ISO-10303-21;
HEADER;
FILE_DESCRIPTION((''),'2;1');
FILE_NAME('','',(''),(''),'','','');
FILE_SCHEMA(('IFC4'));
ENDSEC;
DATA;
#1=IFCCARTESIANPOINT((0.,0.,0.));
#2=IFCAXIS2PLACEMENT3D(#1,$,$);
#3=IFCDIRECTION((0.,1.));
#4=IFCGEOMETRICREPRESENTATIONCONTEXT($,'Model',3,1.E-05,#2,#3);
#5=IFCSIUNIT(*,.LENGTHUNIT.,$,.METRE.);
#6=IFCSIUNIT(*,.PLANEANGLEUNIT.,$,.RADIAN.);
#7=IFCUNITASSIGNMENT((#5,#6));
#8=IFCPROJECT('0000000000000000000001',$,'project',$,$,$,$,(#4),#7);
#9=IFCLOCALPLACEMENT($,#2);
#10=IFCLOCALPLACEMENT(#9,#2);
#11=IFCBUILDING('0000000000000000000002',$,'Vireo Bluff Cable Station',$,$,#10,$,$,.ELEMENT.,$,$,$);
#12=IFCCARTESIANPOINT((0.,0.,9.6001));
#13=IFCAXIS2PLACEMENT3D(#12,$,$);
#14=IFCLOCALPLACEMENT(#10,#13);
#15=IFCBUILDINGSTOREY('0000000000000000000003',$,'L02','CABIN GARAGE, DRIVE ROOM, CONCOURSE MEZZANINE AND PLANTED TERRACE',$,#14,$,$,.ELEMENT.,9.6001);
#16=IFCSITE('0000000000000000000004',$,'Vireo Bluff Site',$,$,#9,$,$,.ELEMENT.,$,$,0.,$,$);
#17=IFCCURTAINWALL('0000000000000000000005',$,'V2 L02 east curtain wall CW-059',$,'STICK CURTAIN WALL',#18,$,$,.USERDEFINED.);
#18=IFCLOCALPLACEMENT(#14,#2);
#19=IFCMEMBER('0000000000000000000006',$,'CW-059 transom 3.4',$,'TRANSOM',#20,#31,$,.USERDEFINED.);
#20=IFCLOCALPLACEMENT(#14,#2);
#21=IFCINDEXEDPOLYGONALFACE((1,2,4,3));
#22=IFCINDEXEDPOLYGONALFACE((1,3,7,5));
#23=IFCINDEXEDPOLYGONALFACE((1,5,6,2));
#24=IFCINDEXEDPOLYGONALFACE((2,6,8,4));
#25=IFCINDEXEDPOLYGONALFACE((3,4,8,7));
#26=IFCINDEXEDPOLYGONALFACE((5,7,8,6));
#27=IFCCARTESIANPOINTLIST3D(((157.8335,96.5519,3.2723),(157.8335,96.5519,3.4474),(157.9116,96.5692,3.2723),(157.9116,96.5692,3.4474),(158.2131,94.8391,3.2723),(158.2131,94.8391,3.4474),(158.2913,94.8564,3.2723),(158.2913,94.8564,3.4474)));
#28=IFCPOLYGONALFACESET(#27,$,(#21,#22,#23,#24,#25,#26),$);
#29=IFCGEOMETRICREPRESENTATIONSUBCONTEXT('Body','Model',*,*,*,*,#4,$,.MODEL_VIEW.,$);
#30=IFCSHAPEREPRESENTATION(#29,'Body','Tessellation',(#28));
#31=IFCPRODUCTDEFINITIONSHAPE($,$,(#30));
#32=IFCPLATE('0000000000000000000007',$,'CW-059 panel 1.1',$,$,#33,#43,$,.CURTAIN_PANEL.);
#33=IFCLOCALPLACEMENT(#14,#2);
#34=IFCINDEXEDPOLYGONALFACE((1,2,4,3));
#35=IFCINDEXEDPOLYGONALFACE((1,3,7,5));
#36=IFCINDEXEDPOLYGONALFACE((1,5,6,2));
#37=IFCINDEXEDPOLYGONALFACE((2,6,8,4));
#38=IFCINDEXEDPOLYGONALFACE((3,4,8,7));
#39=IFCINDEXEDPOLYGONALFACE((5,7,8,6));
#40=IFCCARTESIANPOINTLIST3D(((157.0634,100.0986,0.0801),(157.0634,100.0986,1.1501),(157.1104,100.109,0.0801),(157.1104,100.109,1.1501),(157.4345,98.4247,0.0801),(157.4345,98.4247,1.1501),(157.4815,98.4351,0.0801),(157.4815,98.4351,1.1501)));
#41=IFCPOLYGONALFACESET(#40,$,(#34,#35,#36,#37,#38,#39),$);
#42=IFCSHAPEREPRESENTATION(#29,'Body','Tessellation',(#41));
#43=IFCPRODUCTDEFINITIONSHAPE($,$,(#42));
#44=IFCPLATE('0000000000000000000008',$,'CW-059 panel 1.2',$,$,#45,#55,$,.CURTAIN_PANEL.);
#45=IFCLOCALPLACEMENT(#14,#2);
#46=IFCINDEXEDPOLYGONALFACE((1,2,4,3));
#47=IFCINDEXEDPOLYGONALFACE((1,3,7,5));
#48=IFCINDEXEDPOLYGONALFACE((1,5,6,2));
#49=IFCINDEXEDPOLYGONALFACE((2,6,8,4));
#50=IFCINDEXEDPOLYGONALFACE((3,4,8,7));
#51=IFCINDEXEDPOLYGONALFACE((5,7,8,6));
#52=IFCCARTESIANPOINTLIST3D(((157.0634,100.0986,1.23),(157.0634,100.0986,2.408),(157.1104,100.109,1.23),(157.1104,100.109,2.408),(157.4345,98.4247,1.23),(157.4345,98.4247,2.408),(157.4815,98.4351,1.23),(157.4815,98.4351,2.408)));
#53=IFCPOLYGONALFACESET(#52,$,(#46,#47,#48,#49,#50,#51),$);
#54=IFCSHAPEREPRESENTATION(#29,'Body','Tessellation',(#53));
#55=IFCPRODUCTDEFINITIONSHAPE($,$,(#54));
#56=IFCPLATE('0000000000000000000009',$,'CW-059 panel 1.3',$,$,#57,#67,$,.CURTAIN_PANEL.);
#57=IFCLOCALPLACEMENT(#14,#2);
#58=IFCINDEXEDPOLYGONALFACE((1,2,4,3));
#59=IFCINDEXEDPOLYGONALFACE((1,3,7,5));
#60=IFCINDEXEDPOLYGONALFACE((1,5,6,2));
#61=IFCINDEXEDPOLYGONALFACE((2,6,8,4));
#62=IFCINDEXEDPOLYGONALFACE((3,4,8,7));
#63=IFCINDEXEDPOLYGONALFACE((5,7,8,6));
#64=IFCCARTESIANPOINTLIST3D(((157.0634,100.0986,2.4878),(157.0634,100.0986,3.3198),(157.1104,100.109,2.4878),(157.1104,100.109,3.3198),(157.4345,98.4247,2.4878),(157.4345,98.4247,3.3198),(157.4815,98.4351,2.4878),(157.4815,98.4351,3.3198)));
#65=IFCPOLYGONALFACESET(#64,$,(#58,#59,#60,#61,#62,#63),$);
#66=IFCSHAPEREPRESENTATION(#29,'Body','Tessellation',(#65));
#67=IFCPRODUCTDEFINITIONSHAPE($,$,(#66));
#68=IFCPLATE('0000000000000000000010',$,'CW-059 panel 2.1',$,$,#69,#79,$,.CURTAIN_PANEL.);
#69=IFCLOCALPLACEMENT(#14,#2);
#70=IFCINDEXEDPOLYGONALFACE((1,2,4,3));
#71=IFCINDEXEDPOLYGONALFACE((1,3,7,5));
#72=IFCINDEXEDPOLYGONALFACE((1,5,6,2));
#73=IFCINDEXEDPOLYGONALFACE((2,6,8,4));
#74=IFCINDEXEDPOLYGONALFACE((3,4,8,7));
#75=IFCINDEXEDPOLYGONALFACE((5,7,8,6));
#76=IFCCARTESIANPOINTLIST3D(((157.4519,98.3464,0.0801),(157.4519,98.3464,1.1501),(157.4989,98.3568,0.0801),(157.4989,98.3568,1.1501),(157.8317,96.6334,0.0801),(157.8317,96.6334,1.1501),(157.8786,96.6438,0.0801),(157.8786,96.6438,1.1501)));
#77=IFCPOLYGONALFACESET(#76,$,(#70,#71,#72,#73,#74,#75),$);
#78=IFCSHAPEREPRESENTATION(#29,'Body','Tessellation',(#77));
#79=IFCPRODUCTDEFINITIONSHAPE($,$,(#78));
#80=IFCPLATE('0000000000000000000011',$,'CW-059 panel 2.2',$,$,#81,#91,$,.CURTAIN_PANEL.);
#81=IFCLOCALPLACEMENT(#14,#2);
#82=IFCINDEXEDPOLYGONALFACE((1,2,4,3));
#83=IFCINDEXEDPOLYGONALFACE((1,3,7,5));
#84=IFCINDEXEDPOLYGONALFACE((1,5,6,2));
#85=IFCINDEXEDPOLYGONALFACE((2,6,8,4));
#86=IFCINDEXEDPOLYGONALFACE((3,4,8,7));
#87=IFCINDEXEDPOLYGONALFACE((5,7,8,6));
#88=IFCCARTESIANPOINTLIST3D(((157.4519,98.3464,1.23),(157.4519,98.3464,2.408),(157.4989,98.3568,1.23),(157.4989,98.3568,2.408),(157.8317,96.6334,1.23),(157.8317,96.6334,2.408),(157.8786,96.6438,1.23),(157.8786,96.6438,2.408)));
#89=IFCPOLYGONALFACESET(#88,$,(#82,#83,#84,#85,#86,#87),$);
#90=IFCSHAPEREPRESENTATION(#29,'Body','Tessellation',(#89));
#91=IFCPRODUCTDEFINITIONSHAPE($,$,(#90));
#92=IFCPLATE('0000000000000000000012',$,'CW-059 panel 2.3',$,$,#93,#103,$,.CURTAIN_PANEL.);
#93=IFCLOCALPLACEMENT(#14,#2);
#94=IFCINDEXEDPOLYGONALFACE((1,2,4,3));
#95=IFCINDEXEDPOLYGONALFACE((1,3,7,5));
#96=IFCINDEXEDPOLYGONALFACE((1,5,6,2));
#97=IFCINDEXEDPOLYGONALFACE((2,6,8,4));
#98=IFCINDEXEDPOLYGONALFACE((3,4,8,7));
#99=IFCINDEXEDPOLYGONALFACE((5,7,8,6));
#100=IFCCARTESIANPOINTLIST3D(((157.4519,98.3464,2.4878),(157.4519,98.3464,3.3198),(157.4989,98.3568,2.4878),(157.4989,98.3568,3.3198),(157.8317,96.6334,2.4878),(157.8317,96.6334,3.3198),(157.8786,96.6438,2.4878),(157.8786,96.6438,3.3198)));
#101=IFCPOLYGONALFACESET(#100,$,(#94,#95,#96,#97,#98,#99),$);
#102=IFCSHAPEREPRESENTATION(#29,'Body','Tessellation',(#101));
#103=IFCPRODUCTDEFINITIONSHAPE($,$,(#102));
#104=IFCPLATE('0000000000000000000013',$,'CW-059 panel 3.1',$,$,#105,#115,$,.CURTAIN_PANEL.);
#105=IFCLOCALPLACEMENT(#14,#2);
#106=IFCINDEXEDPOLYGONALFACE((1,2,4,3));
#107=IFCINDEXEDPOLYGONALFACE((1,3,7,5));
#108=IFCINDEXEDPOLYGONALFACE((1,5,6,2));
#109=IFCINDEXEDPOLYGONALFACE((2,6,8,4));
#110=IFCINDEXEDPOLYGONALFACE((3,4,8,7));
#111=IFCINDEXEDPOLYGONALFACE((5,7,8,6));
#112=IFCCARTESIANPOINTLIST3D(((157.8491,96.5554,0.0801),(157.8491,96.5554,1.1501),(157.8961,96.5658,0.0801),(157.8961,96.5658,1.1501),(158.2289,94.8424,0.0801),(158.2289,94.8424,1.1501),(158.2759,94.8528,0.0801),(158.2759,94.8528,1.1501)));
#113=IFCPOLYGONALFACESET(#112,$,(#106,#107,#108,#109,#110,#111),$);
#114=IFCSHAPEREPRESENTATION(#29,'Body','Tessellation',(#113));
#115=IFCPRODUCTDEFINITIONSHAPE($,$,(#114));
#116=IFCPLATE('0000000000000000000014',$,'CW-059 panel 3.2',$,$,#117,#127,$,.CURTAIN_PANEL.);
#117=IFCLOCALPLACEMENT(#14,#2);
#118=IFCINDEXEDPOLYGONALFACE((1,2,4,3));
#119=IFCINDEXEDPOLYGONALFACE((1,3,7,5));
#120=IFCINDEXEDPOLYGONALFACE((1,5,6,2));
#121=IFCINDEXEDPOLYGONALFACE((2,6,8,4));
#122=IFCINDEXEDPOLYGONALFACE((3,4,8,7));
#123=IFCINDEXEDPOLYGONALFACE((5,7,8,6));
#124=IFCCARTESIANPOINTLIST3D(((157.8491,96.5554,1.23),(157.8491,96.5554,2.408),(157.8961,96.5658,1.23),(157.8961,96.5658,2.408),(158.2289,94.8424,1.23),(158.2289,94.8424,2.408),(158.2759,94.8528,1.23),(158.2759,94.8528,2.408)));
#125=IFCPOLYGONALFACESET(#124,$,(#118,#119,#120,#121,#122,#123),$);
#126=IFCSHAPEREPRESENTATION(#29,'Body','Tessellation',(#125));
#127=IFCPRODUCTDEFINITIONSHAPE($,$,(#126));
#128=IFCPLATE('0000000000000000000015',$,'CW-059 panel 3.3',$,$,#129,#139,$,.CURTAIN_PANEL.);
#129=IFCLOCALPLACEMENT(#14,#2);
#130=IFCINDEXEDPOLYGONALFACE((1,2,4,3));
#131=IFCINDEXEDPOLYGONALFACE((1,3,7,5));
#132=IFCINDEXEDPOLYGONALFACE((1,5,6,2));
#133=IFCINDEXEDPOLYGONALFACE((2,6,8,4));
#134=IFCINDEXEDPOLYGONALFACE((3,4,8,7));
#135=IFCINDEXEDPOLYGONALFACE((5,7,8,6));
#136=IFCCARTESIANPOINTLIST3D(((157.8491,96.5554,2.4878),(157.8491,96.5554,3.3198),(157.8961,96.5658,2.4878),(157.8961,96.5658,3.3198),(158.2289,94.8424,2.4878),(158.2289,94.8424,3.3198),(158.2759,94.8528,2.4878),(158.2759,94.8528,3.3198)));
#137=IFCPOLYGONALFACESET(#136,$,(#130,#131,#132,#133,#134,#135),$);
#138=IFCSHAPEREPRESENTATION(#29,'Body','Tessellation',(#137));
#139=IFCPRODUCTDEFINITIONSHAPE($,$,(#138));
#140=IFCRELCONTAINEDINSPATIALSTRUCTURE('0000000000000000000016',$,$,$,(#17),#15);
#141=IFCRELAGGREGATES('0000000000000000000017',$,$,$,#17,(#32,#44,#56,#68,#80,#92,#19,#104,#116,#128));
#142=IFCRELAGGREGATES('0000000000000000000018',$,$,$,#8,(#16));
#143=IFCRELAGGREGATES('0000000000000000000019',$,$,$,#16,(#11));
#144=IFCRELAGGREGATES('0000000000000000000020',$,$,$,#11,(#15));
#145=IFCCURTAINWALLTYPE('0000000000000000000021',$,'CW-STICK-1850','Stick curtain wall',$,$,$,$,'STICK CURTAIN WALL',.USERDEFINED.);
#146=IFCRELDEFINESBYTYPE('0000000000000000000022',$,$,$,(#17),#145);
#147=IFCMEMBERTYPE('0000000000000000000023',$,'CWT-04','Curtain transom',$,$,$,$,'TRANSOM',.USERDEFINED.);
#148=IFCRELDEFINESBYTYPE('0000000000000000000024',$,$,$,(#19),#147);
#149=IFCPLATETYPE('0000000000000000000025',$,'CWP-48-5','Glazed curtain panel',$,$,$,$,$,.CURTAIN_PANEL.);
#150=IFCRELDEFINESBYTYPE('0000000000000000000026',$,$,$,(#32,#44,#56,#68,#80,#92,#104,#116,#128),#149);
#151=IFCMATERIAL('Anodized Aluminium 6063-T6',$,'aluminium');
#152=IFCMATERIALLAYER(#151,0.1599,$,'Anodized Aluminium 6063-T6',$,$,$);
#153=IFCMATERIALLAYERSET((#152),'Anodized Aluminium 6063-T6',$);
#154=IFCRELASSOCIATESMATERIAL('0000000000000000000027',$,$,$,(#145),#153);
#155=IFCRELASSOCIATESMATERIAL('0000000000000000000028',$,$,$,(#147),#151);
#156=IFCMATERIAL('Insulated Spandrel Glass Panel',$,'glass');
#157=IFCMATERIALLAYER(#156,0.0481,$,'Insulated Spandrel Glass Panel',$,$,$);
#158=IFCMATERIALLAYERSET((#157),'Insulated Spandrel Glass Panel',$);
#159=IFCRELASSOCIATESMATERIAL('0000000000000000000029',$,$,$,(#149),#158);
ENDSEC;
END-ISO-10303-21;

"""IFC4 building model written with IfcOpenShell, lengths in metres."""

from ifc_helpers import new_model, si_unit, direction, frame, origin, origin_2d, place, context, subcontext, project, spatial, rectangle, extrude, material, layer, layer_set, material_profile, profile_set, type_object, element, aggregate, save


model = new_model("IFC4")

# Units and contexts
model_context = context("Model", 3, precision=1e-05, world=origin(), true_north=direction((0.0, 1.0)))
body_context = subcontext(model_context, "Body", "Model", "MODEL_VIEW")
ifc_project = project(units=[si_unit("LENGTHUNIT", "METRE"), si_unit("PLANEANGLEUNIT", "RADIAN")], contexts=[model_context])

# Site, building, storey
site_placement = place(None, origin())
site = spatial("IfcSite", under=ifc_project, at=site_placement, Name="Vireo Bluff Site", CompositionType="ELEMENT", RefElevation=0.0)
building_placement = place(site_placement, origin())
building = spatial("IfcBuilding", under=site, at=building_placement, Name="Vireo Bluff Cable Station", CompositionType="ELEMENT")
storey_placement = place(building_placement, frame((0.0, 0.0, 9.6001)))
storey = spatial("IfcBuildingStorey", under=building, at=storey_placement, Name="L02", Description="CABIN GARAGE, DRIVE ROOM, CONCOURSE MEZZANINE AND PLANTED TERRACE", CompositionType="ELEMENT", Elevation=9.6001)

# Curtain wall, member, plates
ifc_material_1 = material(Name="Anodized Aluminium 6063-T6", Category="aluminium")
ifc_layer_1 = layer(ifc_material_1, 0.1599, Name="Anodized Aluminium 6063-T6")
ifc_layer_set_1 = layer_set([ifc_layer_1], Name="Anodized Aluminium 6063-T6")
curtain_wall_type = type_object("IfcCurtainWallType", Name="CW-STICK-1850", Description="Stick curtain wall", ElementType="STICK CURTAIN WALL", PredefinedType="USERDEFINED", material=ifc_layer_set_1)
curtain_wall_placement = place(storey_placement, origin())
curtain_wall = element("IfcCurtainWall", 1, at=curtain_wall_placement, inside=storey, type_object=curtain_wall_type, Name="V2 L02 east curtain wall CW-059", ObjectType="STICK CURTAIN WALL", PredefinedType="USERDEFINED")
ifc_material_profile_1 = material_profile(ifc_material_1, rectangle(XDim=0.0801, YDim=0.175, at=origin_2d()), Name="ALU-T-80X175")
ifc_profile_set_1 = profile_set([ifc_material_profile_1], Name="Anodized Aluminium 6063-T6")
member_type_1 = type_object("IfcMemberType", Name="CWT-04", Description="Curtain transom", ElementType="TRANSOM", PredefinedType="USERDEFINED", material=ifc_profile_set_1)
member_1_placement = place(storey_placement, frame((157.8726, 96.5605, 3.3599), z_axis=(0.216385, -0.976308, 0.0), x_axis=(0.976308, 0.216385, 0.0)))
member_1 = element("IfcMember", 2, at=member_1_placement, type_object=member_type_1, Name="CW-059 transom 3.4", ObjectType="TRANSOM", PredefinedType="USERDEFINED", context=body_context, shape_type="SweptSolid", body=[
    extrude(rectangle(XDim=0.0801, YDim=0.175, at=origin_2d()), origin(), (0.0, 0.0, 1.0), 1.7544),
])
ifc_material_2 = material(Name="Insulated Spandrel Glass Panel", Category="glass")
ifc_layer_2 = layer(ifc_material_2, 0.0481, Name="Insulated Spandrel Glass Panel")
ifc_layer_set_2 = layer_set([ifc_layer_2], Name="Insulated Spandrel Glass Panel")
plate_type = type_object("IfcPlateType", Name="CWP-48-5", Description="Glazed curtain panel", PredefinedType="CURTAIN_PANEL", material=ifc_layer_set_2)
plate_1_placement = place(storey_placement, frame((157.2725, 99.2668, 0.0801), z_axis=(0.0, 0.0, 1.0), x_axis=(0.21644, -0.976296, 0.0)))
plate_1 = element("IfcPlate", 3, at=plate_1_placement, type_object=plate_type, Name="CW-059 panel 1.1", PredefinedType="CURTAIN_PANEL", context=body_context, shape_type="SweptSolid", body=[
    extrude(rectangle(XDim=1.7146, YDim=0.0481, at=origin_2d()), origin(), (0.0, 0.0, 1.0), 1.0701),
])
plate_2_placement = place(storey_placement, frame((157.2725, 99.2668, 1.23), z_axis=(0.0, 0.0, 1.0), x_axis=(0.21644, -0.976296, 0.0)))
plate_2 = element("IfcPlate", 4, at=plate_2_placement, type_object=plate_type, Name="CW-059 panel 1.2", PredefinedType="CURTAIN_PANEL", context=body_context, shape_type="SweptSolid", body=[
    extrude(rectangle(XDim=1.7146, YDim=0.0481, at=origin_2d()), origin(), (0.0, 0.0, 1.0), 1.178),
])
plate_3_placement = place(storey_placement, frame((157.2725, 99.2668, 2.4878), z_axis=(0.0, 0.0, 1.0), x_axis=(0.21644, -0.976296, 0.0)))
plate_3 = element("IfcPlate", 5, at=plate_3_placement, type_object=plate_type, Name="CW-059 panel 1.3", PredefinedType="CURTAIN_PANEL", context=body_context, shape_type="SweptSolid", body=[
    extrude(rectangle(XDim=1.7146, YDim=0.0481, at=origin_2d()), origin(), (0.0, 0.0, 1.0), 0.832),
])
plate_4_placement = place(storey_placement, frame((157.6653, 97.4951, 0.0801), z_axis=(0.0, 0.0, 1.0), x_axis=(0.21644, -0.976296, 0.0)))
plate_4 = element("IfcPlate", 6, at=plate_4_placement, type_object=plate_type, Name="CW-059 panel 2.1", PredefinedType="CURTAIN_PANEL", context=body_context, shape_type="SweptSolid", body=[
    extrude(rectangle(XDim=1.7546, YDim=0.0481, at=origin_2d()), origin(), (0.0, 0.0, 1.0), 1.0701),
])
plate_5_placement = place(storey_placement, frame((157.6653, 97.4951, 1.23), z_axis=(0.0, 0.0, 1.0), x_axis=(0.21644, -0.976296, 0.0)))
plate_5 = element("IfcPlate", 7, at=plate_5_placement, type_object=plate_type, Name="CW-059 panel 2.2", PredefinedType="CURTAIN_PANEL", context=body_context, shape_type="SweptSolid", body=[
    extrude(rectangle(XDim=1.7546, YDim=0.0481, at=origin_2d()), origin(), (0.0, 0.0, 1.0), 1.178),
])
plate_6_placement = place(storey_placement, frame((157.6653, 97.4951, 2.4878), z_axis=(0.0, 0.0, 1.0), x_axis=(0.21644, -0.976296, 0.0)))
plate_6 = element("IfcPlate", 8, at=plate_6_placement, type_object=plate_type, Name="CW-059 panel 2.3", PredefinedType="CURTAIN_PANEL", context=body_context, shape_type="SweptSolid", body=[
    extrude(rectangle(XDim=1.7546, YDim=0.0481, at=origin_2d()), origin(), (0.0, 0.0, 1.0), 0.832),
])
plate_7_placement = place(storey_placement, frame((158.0625, 95.7041, 0.0801), z_axis=(0.0, 0.0, 1.0), x_axis=(0.21644, -0.976296, 0.0)))
plate_7 = element("IfcPlate", 9, at=plate_7_placement, type_object=plate_type, Name="CW-059 panel 3.1", PredefinedType="CURTAIN_PANEL", context=body_context, shape_type="SweptSolid", body=[
    extrude(rectangle(XDim=1.7546, YDim=0.0481, at=origin_2d()), origin(), (0.0, 0.0, 1.0), 1.0701),
])
plate_8_placement = place(storey_placement, frame((158.0625, 95.7041, 1.23), z_axis=(0.0, 0.0, 1.0), x_axis=(0.21644, -0.976296, 0.0)))
plate_8 = element("IfcPlate", 10, at=plate_8_placement, type_object=plate_type, Name="CW-059 panel 3.2", PredefinedType="CURTAIN_PANEL", context=body_context, shape_type="SweptSolid", body=[
    extrude(rectangle(XDim=1.7546, YDim=0.0481, at=origin_2d()), origin(), (0.0, 0.0, 1.0), 1.178),
])
plate_9_placement = place(storey_placement, frame((158.0625, 95.7041, 2.4878), z_axis=(0.0, 0.0, 1.0), x_axis=(0.21644, -0.976296, 0.0)))
plate_9 = element("IfcPlate", 11, at=plate_9_placement, type_object=plate_type, Name="CW-059 panel 3.3", PredefinedType="CURTAIN_PANEL", context=body_context, shape_type="SweptSolid", body=[
    extrude(rectangle(XDim=1.7546, YDim=0.0481, at=origin_2d()), origin(), (0.0, 0.0, 1.0), 0.832),
])
aggregate(curtain_wall, [plate_1, plate_2, plate_3, plate_4, plate_5, plate_6, member_1, plate_7, plate_8, plate_9])

save(model, "model.ifc")
